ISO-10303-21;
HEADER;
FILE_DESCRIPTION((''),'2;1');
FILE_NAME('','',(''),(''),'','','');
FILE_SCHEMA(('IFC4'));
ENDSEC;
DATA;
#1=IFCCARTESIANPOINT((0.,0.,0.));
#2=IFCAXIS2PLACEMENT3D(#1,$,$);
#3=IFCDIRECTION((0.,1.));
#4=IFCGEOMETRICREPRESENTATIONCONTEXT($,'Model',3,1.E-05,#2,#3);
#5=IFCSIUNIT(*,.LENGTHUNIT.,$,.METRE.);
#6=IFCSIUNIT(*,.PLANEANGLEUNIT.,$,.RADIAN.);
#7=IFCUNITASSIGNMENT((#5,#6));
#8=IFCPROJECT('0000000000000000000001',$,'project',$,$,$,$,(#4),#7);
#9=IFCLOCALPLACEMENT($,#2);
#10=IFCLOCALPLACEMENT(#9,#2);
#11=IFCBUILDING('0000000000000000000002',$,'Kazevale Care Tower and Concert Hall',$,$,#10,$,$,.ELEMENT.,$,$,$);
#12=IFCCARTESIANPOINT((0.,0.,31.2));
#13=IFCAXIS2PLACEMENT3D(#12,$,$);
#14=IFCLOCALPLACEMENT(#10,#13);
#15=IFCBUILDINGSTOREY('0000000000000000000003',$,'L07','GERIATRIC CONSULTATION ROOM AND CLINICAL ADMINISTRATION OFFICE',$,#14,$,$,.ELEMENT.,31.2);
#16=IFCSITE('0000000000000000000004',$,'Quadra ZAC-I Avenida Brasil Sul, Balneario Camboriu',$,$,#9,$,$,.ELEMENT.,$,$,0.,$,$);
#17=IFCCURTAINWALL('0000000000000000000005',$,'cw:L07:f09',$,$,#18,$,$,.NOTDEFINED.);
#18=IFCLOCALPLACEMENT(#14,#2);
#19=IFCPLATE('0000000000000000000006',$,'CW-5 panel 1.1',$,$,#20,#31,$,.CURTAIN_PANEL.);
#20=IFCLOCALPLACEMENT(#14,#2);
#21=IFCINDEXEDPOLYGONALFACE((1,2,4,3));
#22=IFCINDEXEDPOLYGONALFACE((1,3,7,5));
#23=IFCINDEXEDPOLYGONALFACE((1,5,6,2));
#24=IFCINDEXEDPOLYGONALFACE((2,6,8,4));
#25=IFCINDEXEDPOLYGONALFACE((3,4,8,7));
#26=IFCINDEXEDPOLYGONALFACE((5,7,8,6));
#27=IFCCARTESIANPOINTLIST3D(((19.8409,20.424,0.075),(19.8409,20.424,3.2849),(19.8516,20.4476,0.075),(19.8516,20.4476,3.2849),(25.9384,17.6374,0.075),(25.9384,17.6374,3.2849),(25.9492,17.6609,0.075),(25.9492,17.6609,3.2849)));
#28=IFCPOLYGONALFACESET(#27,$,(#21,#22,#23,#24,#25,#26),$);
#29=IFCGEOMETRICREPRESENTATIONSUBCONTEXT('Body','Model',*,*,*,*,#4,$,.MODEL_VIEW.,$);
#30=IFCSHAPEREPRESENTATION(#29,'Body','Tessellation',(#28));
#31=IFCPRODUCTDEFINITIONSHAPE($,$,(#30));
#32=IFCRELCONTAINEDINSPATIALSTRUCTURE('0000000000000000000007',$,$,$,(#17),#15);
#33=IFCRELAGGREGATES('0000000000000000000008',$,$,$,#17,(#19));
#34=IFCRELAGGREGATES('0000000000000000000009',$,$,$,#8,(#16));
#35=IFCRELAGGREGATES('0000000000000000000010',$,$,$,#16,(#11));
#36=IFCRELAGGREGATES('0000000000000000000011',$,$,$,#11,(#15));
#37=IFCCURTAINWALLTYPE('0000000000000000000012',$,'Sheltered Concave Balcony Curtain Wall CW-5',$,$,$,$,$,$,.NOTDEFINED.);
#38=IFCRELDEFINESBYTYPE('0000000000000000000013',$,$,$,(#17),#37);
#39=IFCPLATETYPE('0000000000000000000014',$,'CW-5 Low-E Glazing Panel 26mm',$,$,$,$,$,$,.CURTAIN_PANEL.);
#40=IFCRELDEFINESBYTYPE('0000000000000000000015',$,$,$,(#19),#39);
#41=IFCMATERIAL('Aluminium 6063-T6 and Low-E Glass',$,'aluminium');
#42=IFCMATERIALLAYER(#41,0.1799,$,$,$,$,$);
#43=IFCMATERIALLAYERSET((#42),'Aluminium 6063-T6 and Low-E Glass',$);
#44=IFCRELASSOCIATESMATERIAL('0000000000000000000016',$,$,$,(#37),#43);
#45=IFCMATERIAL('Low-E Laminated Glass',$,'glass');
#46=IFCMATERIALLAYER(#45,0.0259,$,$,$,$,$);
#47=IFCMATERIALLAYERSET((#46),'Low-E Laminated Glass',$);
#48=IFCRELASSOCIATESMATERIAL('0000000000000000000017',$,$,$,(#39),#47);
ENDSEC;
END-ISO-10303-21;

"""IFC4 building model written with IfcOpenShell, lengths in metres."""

from ifc_helpers import new_model, si_unit, direction, frame, origin, origin_2d, place, context, subcontext, project, spatial, rectangle, extrude, material, layer, layer_set, type_object, element, aggregate, save


model = new_model("IFC4")

# Units and contexts
model_context = context("Model", 3, precision=1e-05, world=origin(), true_north=direction((0.0, 1.0)))
body_context = subcontext(model_context, "Body", "Model", "MODEL_VIEW")
ifc_project = project(units=[si_unit("LENGTHUNIT", "METRE"), si_unit("PLANEANGLEUNIT", "RADIAN")], contexts=[model_context])

# Site, building, storey
site_placement = place(None, origin())
site = spatial("IfcSite", under=ifc_project, at=site_placement, Name="Quadra ZAC-I Avenida Brasil Sul, Balneario Camboriu", CompositionType="ELEMENT", RefElevation=0.0)
building_placement = place(site_placement, origin())
building = spatial("IfcBuilding", under=site, at=building_placement, Name="Kazevale Care Tower and Concert Hall", CompositionType="ELEMENT")
storey_placement = place(building_placement, frame((0.0, 0.0, 31.2)))
storey = spatial("IfcBuildingStorey", under=building, at=storey_placement, Name="L07", Description="GERIATRIC CONSULTATION ROOM AND CLINICAL ADMINISTRATION OFFICE", CompositionType="ELEMENT", Elevation=31.2)

# Shared definitions
ifc_material_1 = material(Name="Aluminium 6063-T6 and Low-E Glass", Category="aluminium")
ifc_layer_1 = layer(ifc_material_1, 0.1799)
ifc_layer_set_1 = layer_set([ifc_layer_1], Name="Aluminium 6063-T6 and Low-E Glass")
curtain_wall_type = type_object("IfcCurtainWallType", Name="Sheltered Concave Balcony Curtain Wall CW-5", PredefinedType="NOTDEFINED", material=ifc_layer_set_1)

# Curtain wall
curtain_wall_1_placement = place(storey_placement, origin())
curtain_wall_1 = element("IfcCurtainWall", 1, at=curtain_wall_1_placement, inside=storey, type_object=curtain_wall_type, Name="cw:L07:f09", PredefinedType="NOTDEFINED")

# Plate
ifc_material_2 = material(Name="Low-E Laminated Glass", Category="glass")
ifc_layer_2 = layer(ifc_material_2, 0.0259)
ifc_layer_set_2 = layer_set([ifc_layer_2], Name="Low-E Laminated Glass")
plate_type = type_object("IfcPlateType", Name="CW-5 Low-E Glazing Panel 26mm", PredefinedType="CURTAIN_PANEL", material=ifc_layer_set_2)
plate_1_placement = place(storey_placement, frame((22.895, 19.0425, 0.075), z_axis=(0.0, 0.0, 1.0), x_axis=(-0.90952, 0.41566, 0.0)))
plate_1 = element("IfcPlate", 2, at=plate_1_placement, type_object=plate_type, Name="CW-5 panel 1.1", PredefinedType="CURTAIN_PANEL", context=body_context, shape_type="SweptSolid", body=[
    extrude(rectangle(XDim=6.7041, YDim=0.0259, at=origin_2d()), origin(), (0.0, 0.0, 1.0), 3.21),
])
aggregate(curtain_wall_1, [plate_1])

save(model, "model.ifc")
